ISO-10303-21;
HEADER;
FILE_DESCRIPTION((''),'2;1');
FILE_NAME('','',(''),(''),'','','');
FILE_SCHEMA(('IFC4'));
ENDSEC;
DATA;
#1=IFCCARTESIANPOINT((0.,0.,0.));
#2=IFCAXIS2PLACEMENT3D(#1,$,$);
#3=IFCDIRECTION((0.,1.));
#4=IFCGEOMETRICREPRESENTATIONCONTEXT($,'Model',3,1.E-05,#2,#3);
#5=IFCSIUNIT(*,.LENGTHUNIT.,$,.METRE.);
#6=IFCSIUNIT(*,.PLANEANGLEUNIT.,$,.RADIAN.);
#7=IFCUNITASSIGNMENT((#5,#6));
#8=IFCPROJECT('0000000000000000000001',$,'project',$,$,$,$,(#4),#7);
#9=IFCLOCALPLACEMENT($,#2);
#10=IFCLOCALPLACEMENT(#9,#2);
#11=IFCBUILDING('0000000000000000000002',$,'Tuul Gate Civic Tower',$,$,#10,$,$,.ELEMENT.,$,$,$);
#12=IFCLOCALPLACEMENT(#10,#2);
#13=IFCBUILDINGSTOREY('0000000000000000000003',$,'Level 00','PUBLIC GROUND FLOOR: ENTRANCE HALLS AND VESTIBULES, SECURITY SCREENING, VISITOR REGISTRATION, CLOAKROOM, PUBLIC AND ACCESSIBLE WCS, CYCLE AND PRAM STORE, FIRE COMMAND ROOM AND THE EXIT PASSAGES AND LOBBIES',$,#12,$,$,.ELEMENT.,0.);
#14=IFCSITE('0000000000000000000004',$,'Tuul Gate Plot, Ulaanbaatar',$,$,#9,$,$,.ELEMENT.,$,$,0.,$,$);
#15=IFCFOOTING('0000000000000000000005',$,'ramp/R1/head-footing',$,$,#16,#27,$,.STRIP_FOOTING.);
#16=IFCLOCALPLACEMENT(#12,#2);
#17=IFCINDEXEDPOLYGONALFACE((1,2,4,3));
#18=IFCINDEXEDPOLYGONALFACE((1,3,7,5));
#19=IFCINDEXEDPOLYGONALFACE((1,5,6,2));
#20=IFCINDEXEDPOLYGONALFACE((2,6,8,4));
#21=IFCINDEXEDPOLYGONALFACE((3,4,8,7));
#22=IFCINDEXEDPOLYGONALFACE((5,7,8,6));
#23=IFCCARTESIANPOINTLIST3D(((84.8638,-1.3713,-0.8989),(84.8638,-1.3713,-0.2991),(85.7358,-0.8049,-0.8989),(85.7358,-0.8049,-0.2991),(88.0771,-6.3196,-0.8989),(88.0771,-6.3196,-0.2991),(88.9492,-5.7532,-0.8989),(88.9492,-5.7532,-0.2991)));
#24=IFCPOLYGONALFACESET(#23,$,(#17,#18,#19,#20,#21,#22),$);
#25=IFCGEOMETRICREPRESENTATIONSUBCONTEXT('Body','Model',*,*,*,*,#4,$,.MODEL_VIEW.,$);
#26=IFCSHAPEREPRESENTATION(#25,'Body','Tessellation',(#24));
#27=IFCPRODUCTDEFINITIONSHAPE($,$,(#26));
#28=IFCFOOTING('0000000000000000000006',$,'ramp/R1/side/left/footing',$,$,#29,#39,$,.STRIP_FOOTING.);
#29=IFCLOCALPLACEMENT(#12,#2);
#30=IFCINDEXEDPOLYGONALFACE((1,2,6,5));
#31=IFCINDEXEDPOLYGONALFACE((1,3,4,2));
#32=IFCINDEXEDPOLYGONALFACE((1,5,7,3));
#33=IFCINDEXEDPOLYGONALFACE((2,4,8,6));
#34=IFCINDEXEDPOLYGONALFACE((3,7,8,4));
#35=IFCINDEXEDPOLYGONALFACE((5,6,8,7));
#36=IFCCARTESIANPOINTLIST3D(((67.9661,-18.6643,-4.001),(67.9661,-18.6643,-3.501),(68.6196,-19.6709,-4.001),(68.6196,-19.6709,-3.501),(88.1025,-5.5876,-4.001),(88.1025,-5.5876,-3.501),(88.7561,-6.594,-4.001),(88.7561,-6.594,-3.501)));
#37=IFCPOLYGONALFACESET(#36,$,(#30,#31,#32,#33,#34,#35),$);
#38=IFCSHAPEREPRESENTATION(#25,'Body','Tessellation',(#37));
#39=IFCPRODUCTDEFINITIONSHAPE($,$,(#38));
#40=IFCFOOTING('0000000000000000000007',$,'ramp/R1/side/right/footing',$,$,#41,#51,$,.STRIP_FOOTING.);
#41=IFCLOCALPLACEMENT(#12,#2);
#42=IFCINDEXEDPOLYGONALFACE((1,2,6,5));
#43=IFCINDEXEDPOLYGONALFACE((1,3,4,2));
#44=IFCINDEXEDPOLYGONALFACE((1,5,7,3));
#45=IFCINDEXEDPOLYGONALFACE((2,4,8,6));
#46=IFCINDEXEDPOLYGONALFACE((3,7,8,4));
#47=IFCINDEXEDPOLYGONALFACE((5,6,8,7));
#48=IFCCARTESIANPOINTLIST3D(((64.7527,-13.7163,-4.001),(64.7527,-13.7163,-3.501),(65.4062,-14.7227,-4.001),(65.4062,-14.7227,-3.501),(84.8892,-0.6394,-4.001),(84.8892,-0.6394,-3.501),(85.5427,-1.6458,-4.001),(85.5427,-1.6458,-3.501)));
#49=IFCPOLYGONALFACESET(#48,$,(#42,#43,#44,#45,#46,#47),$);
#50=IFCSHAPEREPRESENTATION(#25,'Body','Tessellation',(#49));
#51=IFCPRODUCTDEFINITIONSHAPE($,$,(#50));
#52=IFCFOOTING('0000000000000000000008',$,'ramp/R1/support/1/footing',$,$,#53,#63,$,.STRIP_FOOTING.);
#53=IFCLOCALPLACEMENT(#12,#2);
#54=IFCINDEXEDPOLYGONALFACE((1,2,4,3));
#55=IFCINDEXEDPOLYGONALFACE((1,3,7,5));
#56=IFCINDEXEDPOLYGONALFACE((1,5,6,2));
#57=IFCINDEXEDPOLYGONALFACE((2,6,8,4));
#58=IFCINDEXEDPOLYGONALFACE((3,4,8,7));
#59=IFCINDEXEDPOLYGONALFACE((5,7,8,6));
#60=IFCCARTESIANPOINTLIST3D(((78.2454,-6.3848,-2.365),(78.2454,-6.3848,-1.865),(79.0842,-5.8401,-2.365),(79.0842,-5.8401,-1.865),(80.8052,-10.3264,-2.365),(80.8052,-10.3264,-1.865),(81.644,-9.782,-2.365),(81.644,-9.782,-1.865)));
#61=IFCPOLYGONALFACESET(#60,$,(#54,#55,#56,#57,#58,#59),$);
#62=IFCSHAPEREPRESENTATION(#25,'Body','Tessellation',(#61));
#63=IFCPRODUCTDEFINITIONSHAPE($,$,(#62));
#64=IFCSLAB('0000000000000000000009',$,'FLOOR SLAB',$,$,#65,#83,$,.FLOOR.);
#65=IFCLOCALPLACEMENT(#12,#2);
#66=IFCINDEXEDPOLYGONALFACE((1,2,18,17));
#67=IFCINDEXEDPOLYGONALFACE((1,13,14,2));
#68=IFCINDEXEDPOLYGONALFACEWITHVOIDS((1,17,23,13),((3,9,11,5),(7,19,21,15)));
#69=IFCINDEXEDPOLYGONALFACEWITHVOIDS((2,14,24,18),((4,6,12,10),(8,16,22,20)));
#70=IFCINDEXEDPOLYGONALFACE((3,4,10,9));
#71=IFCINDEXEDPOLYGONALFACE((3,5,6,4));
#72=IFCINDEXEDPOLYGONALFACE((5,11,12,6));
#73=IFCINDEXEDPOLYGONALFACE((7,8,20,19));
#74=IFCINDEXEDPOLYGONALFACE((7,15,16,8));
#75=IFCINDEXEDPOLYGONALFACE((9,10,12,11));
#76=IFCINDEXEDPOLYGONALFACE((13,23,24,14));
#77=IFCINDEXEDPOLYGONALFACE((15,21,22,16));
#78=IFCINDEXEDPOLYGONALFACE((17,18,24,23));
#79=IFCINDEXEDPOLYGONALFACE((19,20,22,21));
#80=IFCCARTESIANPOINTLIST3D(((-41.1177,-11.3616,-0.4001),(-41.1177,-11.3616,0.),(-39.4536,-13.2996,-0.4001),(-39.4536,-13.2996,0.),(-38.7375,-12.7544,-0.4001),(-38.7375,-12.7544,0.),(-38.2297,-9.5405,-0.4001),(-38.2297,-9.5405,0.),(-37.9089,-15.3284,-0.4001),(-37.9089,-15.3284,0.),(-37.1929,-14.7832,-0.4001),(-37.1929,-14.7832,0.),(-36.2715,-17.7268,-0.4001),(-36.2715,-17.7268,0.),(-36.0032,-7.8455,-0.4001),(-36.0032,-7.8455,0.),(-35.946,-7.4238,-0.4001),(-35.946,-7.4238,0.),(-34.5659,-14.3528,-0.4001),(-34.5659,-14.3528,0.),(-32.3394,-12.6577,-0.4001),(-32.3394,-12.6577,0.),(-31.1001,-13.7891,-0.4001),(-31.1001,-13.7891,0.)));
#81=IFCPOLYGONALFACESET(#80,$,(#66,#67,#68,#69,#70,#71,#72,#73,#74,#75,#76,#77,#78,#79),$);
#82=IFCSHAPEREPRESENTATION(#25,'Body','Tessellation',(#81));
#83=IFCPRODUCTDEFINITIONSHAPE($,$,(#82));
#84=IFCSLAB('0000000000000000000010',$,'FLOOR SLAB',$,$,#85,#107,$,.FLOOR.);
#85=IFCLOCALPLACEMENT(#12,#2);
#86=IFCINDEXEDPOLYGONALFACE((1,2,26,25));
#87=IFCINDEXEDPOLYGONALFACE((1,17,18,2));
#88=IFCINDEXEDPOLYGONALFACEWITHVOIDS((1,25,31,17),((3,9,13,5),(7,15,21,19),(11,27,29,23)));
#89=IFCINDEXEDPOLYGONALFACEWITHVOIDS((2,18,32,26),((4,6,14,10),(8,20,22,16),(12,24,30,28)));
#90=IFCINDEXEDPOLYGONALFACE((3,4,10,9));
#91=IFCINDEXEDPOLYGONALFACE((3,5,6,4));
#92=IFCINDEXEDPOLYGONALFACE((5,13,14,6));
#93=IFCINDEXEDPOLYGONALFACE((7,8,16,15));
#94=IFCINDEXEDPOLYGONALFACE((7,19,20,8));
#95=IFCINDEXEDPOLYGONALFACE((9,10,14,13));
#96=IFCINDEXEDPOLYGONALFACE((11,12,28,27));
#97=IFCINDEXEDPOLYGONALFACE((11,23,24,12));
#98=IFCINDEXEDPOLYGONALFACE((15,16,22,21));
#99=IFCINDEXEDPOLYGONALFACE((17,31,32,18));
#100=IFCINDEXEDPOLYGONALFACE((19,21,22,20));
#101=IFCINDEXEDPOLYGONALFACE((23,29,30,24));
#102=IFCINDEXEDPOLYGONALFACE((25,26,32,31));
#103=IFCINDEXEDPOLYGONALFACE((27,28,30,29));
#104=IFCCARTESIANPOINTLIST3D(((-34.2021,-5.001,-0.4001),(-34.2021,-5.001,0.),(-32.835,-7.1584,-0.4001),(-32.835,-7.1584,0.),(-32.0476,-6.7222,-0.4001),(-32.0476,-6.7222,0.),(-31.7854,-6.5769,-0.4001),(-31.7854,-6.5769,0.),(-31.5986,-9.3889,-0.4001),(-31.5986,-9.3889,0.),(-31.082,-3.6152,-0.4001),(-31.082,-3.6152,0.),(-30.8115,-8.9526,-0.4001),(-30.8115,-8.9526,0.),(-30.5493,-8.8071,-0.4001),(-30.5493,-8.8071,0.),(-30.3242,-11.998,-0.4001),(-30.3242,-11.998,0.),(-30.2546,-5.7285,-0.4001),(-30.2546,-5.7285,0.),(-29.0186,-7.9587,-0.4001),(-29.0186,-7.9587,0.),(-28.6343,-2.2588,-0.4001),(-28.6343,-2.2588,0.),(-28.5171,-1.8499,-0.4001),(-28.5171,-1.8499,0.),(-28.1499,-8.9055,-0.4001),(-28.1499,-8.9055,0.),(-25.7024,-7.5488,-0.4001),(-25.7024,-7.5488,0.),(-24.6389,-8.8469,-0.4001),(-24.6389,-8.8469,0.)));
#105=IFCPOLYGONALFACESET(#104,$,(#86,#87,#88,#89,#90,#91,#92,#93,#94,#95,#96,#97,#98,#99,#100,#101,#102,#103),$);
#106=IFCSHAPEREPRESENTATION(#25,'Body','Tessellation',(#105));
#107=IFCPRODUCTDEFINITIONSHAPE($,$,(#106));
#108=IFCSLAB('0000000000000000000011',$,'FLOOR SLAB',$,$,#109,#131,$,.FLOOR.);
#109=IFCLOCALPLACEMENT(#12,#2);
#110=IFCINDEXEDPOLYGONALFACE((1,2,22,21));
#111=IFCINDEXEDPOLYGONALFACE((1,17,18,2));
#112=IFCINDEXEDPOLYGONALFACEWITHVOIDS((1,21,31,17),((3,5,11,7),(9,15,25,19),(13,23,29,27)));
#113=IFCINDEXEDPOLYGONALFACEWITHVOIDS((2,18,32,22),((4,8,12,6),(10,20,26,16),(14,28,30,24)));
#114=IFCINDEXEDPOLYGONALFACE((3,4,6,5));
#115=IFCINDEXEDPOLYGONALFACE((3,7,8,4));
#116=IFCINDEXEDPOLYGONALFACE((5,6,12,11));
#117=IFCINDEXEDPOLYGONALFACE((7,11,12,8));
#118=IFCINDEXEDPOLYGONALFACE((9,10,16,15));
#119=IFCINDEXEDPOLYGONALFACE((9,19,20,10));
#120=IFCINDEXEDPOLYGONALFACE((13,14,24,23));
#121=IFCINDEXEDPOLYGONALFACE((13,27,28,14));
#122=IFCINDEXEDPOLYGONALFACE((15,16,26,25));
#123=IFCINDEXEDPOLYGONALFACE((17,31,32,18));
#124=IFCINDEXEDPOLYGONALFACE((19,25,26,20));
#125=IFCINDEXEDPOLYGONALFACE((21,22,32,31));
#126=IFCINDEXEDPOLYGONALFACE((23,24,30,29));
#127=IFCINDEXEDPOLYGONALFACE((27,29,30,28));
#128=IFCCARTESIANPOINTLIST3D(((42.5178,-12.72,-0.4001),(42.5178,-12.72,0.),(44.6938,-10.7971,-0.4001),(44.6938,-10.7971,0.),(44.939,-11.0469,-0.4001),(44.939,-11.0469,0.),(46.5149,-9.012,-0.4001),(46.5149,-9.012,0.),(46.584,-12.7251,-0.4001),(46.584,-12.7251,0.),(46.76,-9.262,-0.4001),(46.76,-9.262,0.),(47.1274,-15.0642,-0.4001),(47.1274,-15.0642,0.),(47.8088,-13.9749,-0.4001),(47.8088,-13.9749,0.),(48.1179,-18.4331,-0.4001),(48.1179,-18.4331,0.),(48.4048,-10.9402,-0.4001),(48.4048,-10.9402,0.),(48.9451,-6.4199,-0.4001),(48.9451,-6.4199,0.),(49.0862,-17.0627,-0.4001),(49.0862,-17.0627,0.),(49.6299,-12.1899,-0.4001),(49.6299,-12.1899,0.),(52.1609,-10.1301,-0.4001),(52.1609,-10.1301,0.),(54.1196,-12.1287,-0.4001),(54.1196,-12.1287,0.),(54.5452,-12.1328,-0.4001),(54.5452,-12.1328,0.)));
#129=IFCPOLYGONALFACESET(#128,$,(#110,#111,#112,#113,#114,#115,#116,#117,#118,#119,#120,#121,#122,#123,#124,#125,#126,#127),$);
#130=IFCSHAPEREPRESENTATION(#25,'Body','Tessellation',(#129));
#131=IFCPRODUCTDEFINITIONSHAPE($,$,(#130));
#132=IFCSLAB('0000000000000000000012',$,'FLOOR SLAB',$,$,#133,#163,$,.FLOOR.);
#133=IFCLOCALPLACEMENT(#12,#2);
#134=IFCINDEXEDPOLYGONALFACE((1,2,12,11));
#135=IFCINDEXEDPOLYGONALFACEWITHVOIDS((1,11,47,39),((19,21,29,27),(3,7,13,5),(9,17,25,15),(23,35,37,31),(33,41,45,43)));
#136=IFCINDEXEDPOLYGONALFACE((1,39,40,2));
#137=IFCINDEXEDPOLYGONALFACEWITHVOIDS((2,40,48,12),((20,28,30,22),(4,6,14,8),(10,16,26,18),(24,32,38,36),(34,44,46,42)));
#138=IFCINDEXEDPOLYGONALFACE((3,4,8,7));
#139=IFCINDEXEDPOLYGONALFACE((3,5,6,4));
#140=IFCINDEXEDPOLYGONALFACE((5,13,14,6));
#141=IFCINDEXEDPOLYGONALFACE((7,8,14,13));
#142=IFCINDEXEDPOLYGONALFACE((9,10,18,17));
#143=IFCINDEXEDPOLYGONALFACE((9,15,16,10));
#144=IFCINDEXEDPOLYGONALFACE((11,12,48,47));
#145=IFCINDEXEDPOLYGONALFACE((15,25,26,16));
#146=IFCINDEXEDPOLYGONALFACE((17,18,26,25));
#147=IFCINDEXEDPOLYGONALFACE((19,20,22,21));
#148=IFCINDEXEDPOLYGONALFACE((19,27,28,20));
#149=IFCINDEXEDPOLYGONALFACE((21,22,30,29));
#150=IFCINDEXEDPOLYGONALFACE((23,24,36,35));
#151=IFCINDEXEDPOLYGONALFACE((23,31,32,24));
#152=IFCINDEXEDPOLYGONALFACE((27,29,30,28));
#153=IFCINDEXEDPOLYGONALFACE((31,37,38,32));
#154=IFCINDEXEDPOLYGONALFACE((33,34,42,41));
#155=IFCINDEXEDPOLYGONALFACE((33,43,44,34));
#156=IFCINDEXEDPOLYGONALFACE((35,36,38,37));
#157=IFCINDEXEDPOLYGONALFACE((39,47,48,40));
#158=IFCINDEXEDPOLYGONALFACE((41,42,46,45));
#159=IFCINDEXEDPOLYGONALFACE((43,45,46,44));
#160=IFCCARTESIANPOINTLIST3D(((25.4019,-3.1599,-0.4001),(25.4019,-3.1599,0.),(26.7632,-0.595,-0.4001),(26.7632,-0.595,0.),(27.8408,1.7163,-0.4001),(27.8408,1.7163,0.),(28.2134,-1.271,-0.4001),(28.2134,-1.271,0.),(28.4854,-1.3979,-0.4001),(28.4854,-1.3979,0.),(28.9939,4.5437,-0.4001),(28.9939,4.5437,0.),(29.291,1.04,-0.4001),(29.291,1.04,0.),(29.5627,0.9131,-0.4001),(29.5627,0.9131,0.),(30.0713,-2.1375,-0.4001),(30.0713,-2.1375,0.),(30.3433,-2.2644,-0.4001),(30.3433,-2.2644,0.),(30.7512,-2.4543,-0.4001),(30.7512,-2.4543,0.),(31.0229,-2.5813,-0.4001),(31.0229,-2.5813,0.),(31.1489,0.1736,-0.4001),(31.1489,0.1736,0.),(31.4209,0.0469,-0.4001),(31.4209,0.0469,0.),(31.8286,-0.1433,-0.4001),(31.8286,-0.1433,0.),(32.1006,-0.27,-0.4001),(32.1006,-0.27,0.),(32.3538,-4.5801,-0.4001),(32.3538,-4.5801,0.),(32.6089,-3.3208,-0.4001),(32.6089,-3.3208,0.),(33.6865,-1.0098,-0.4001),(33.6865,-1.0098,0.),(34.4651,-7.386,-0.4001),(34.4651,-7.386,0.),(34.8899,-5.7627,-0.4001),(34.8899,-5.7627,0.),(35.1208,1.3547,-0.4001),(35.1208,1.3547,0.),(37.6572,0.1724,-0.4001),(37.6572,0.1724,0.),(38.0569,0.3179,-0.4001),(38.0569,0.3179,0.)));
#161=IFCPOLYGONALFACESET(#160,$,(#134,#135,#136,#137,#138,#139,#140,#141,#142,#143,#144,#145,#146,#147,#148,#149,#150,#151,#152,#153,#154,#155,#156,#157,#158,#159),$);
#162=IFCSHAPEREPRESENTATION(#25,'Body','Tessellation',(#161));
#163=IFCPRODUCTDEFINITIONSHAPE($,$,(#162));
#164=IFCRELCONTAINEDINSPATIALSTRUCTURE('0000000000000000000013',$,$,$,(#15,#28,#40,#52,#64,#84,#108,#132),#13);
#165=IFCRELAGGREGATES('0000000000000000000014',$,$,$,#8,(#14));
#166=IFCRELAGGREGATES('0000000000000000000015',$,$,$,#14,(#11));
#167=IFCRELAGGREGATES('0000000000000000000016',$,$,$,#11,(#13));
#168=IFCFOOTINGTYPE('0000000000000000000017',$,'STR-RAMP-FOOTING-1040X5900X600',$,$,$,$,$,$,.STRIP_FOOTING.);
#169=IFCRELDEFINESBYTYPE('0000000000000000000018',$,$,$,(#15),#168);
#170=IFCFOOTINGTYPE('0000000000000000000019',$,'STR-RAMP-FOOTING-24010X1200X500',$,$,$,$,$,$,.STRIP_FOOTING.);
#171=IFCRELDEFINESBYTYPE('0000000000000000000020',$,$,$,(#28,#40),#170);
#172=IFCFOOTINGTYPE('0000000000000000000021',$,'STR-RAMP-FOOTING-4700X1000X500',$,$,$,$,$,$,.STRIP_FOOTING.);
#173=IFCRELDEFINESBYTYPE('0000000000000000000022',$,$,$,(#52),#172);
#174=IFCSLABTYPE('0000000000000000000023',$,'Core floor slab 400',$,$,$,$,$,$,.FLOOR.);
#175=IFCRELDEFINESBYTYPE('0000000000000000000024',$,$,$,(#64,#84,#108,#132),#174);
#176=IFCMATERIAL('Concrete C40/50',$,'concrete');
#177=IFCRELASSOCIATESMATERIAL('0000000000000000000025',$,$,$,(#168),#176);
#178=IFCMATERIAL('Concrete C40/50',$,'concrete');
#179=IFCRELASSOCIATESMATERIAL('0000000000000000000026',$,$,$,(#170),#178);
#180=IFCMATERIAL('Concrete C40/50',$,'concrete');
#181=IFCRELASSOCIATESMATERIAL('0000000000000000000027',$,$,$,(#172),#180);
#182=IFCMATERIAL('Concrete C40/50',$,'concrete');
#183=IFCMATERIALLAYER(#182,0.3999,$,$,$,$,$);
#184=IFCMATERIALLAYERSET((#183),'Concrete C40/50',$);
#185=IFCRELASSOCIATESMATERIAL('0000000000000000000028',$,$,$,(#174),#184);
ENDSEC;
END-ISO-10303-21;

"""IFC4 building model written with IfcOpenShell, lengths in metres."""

from ifc_helpers import new_model, si_unit, direction, frame, origin, place, context, subcontext, project, spatial, polyline, outline, extrude, material, layer, layer_set, type_object, element, save


model = new_model("IFC4")

# Units and contexts
model_context = context("Model", 3, precision=1e-05, world=origin(), true_north=direction((0.0, 1.0)))
body_context = subcontext(model_context, "Body", "Model", "MODEL_VIEW")
ifc_project = project(units=[si_unit("LENGTHUNIT", "METRE"), si_unit("PLANEANGLEUNIT", "RADIAN")], contexts=[model_context])

# Site, building, storey
site_placement = place(None, origin())
site = spatial("IfcSite", under=ifc_project, at=site_placement, Name="Tuul Gate Plot, Ulaanbaatar", CompositionType="ELEMENT", RefElevation=0.0)
building_placement = place(site_placement, origin())
building = spatial("IfcBuilding", under=site, at=building_placement, Name="Tuul Gate Civic Tower", CompositionType="ELEMENT")
storey_placement = place(building_placement, origin())
storey = spatial("IfcBuildingStorey", under=building, at=storey_placement, Name="Level 00", Description="PUBLIC GROUND FLOOR: ENTRANCE HALLS AND VESTIBULES, SECURITY SCREENING, VISITOR REGISTRATION, CLOAKROOM, PUBLIC AND ACCESSIBLE WCS, CYCLE AND PRAM STORE, FIRE COMMAND ROOM AND THE EXIT PASSAGES AND LOBBIES", CompositionType="ELEMENT", Elevation=0.0)

# Footings
ifc_material_1 = material(Name="Concrete C40/50", Category="concrete")
footing_type_1 = type_object("IfcFootingType", Name="STR-RAMP-FOOTING-1040X5900X600", PredefinedType="STRIP_FOOTING", material=ifc_material_1)
footing_1_placement = place(storey_placement, frame((0.0, 0.0, -0.8989)))
element("IfcFooting", 1, at=footing_1_placement, inside=storey, type_object=footing_type_1, Name="ramp/R1/head-footing", PredefinedType="STRIP_FOOTING", context=body_context, shape_type="SweptSolid", body=[
    extrude(outline(polyline([(85.7358, -0.8049), (84.8638, -1.3713), (88.0771, -6.3196), (88.9492, -5.7532), (85.7358, -0.8049)])), origin(), (0.0, 0.0, 1.0), 0.5999),
])
ifc_material_2 = material(Name="Concrete C40/50", Category="concrete")
footing_type_2 = type_object("IfcFootingType", Name="STR-RAMP-FOOTING-24010X1200X500", PredefinedType="STRIP_FOOTING", material=ifc_material_2)
footing_2_placement = place(storey_placement, frame((0.0, 0.0, -4.001)))
element("IfcFooting", 2, at=footing_2_placement, inside=storey, type_object=footing_type_2, Name="ramp/R1/side/left/footing", PredefinedType="STRIP_FOOTING", context=body_context, shape_type="SweptSolid", body=[
    extrude(outline(polyline([(88.1025, -5.5876), (67.9661, -18.6643), (68.6196, -19.6709), (88.7561, -6.594), (88.1025, -5.5876)])), origin(), (0.0, 0.0, 1.0), 0.5),
])
footing_3_placement = place(storey_placement, frame((0.0, 0.0, -4.001)))
element("IfcFooting", 3, at=footing_3_placement, inside=storey, type_object=footing_type_2, Name="ramp/R1/side/right/footing", PredefinedType="STRIP_FOOTING", context=body_context, shape_type="SweptSolid", body=[
    extrude(outline(polyline([(84.8892, -0.6394), (64.7527, -13.7163), (65.4062, -14.7227), (85.5427, -1.6458), (84.8892, -0.6394)])), origin(), (0.0, 0.0, 1.0), 0.5),
])
ifc_material_3 = material(Name="Concrete C40/50", Category="concrete")
footing_type_3 = type_object("IfcFootingType", Name="STR-RAMP-FOOTING-4700X1000X500", PredefinedType="STRIP_FOOTING", material=ifc_material_3)
footing_4_placement = place(storey_placement, frame((0.0, 0.0, -2.365)))
element("IfcFooting", 4, at=footing_4_placement, inside=storey, type_object=footing_type_3, Name="ramp/R1/support/1/footing", PredefinedType="STRIP_FOOTING", context=body_context, shape_type="SweptSolid", body=[
    extrude(outline(polyline([(78.2454, -6.3848), (80.8052, -10.3264), (81.644, -9.782), (79.0842, -5.8401), (78.2454, -6.3848)])), origin(), (0.0, 0.0, 1.0), 0.5),
])

# Slabs
ifc_material_4 = material(Name="Concrete C40/50", Category="concrete")
ifc_layer_1 = layer(ifc_material_4, 0.3999)
ifc_layer_set_1 = layer_set([ifc_layer_1], Name="Concrete C40/50")
slab_type_1 = type_object("IfcSlabType", Name="Core floor slab 400", PredefinedType="FLOOR", material=ifc_layer_set_1)
slab_1_placement = place(storey_placement, frame((0.0, 0.0, -0.4001)))
element("IfcSlab", 5, at=slab_1_placement, inside=storey, type_object=slab_type_1, Name="FLOOR SLAB", PredefinedType="FLOOR", context=body_context, shape_type="SweptSolid", body=[
    extrude(outline(polyline([(-31.1001, -13.7891), (-35.946, -7.4238), (-41.1177, -11.3616), (-36.2715, -17.7268), (-31.1001, -13.7891)]), holes=[polyline([(-37.1929, -14.7832), (-38.7375, -12.7544), (-39.4536, -13.2996), (-37.9089, -15.3284), (-37.1929, -14.7832)]), polyline([(-32.3394, -12.6577), (-34.5659, -14.3528), (-38.2297, -9.5405), (-36.0032, -7.8455), (-32.3394, -12.6577)])]), origin(), (0.0, 0.0, 1.0), 0.4001),
])
slab_2_placement = place(storey_placement, frame((0.0, 0.0, -0.4001)))
element("IfcSlab", 6, at=slab_2_placement, inside=storey, type_object=slab_type_1, Name="FLOOR SLAB", PredefinedType="FLOOR", context=body_context, shape_type="SweptSolid", body=[
    extrude(outline(polyline([(-24.6389, -8.8469), (-28.5171, -1.8499), (-34.2021, -5.001), (-30.3242, -11.998), (-24.6389, -8.8469)]), holes=[polyline([(-29.0186, -7.9587), (-30.2546, -5.7285), (-31.7854, -6.5769), (-30.5493, -8.8071), (-29.0186, -7.9587)]), polyline([(-30.8115, -8.9526), (-32.0476, -6.7222), (-32.835, -7.1584), (-31.5986, -9.3889), (-30.8115, -8.9526)]), polyline([(-25.7024, -7.5488), (-28.1499, -8.9055), (-31.082, -3.6152), (-28.6343, -2.2588), (-25.7024, -7.5488)])]), origin(), (0.0, 0.0, 1.0), 0.4001),
])
slab_3_placement = place(storey_placement, frame((0.0, 0.0, -0.4001)))
element("IfcSlab", 7, at=slab_3_placement, inside=storey, type_object=slab_type_1, Name="FLOOR SLAB", PredefinedType="FLOOR", context=body_context, shape_type="SweptSolid", body=[
    extrude(outline(polyline([(48.1179, -18.4331), (54.5452, -12.1328), (48.9451, -6.4199), (42.5178, -12.72), (48.1179, -18.4331)]), holes=[polyline([(47.8088, -13.9749), (49.6299, -12.1899), (48.4048, -10.9402), (46.584, -12.7251), (47.8088, -13.9749)]), polyline([(44.939, -11.0469), (46.76, -9.262), (46.5149, -9.012), (44.6938, -10.7971), (44.939, -11.0469)]), polyline([(49.0862, -17.0627), (47.1274, -15.0642), (52.1609, -10.1301), (54.1196, -12.1287), (49.0862, -17.0627)])]), origin(), (0.0, 0.0, 1.0), 0.4001),
])
slab_4_placement = place(storey_placement, frame((0.0, 0.0, -0.4001)))
element("IfcSlab", 8, at=slab_4_placement, inside=storey, type_object=slab_type_1, Name="FLOOR SLAB", PredefinedType="FLOOR", context=body_context, shape_type="SweptSolid", body=[
    extrude(outline(polyline([(34.4651, -7.386), (38.0569, 0.3179), (28.9939, 4.5437), (25.4019, -3.1599), (34.4651, -7.386)]), holes=[polyline([(32.6089, -3.3208), (33.6865, -1.0098), (32.1006, -0.27), (31.0229, -2.5813), (32.6089, -3.3208)]), polyline([(30.0713, -2.1375), (31.1489, 0.1736), (29.5627, 0.9131), (28.4854, -1.3979), (30.0713, -2.1375)]), polyline([(30.7512, -2.4543), (31.8286, -0.1433), (31.4209, 0.0469), (30.3433, -2.2644), (30.7512, -2.4543)]), polyline([(28.2134, -1.271), (29.291, 1.04), (27.8408, 1.7163), (26.7632, -0.595), (28.2134, -1.271)]), polyline([(34.8899, -5.7627), (32.3538, -4.5801), (35.1208, 1.3547), (37.6572, 0.1724), (34.8899, -5.7627)])]), origin(), (0.0, 0.0, 1.0), 0.4001),
])

save(model, "model.ifc")
